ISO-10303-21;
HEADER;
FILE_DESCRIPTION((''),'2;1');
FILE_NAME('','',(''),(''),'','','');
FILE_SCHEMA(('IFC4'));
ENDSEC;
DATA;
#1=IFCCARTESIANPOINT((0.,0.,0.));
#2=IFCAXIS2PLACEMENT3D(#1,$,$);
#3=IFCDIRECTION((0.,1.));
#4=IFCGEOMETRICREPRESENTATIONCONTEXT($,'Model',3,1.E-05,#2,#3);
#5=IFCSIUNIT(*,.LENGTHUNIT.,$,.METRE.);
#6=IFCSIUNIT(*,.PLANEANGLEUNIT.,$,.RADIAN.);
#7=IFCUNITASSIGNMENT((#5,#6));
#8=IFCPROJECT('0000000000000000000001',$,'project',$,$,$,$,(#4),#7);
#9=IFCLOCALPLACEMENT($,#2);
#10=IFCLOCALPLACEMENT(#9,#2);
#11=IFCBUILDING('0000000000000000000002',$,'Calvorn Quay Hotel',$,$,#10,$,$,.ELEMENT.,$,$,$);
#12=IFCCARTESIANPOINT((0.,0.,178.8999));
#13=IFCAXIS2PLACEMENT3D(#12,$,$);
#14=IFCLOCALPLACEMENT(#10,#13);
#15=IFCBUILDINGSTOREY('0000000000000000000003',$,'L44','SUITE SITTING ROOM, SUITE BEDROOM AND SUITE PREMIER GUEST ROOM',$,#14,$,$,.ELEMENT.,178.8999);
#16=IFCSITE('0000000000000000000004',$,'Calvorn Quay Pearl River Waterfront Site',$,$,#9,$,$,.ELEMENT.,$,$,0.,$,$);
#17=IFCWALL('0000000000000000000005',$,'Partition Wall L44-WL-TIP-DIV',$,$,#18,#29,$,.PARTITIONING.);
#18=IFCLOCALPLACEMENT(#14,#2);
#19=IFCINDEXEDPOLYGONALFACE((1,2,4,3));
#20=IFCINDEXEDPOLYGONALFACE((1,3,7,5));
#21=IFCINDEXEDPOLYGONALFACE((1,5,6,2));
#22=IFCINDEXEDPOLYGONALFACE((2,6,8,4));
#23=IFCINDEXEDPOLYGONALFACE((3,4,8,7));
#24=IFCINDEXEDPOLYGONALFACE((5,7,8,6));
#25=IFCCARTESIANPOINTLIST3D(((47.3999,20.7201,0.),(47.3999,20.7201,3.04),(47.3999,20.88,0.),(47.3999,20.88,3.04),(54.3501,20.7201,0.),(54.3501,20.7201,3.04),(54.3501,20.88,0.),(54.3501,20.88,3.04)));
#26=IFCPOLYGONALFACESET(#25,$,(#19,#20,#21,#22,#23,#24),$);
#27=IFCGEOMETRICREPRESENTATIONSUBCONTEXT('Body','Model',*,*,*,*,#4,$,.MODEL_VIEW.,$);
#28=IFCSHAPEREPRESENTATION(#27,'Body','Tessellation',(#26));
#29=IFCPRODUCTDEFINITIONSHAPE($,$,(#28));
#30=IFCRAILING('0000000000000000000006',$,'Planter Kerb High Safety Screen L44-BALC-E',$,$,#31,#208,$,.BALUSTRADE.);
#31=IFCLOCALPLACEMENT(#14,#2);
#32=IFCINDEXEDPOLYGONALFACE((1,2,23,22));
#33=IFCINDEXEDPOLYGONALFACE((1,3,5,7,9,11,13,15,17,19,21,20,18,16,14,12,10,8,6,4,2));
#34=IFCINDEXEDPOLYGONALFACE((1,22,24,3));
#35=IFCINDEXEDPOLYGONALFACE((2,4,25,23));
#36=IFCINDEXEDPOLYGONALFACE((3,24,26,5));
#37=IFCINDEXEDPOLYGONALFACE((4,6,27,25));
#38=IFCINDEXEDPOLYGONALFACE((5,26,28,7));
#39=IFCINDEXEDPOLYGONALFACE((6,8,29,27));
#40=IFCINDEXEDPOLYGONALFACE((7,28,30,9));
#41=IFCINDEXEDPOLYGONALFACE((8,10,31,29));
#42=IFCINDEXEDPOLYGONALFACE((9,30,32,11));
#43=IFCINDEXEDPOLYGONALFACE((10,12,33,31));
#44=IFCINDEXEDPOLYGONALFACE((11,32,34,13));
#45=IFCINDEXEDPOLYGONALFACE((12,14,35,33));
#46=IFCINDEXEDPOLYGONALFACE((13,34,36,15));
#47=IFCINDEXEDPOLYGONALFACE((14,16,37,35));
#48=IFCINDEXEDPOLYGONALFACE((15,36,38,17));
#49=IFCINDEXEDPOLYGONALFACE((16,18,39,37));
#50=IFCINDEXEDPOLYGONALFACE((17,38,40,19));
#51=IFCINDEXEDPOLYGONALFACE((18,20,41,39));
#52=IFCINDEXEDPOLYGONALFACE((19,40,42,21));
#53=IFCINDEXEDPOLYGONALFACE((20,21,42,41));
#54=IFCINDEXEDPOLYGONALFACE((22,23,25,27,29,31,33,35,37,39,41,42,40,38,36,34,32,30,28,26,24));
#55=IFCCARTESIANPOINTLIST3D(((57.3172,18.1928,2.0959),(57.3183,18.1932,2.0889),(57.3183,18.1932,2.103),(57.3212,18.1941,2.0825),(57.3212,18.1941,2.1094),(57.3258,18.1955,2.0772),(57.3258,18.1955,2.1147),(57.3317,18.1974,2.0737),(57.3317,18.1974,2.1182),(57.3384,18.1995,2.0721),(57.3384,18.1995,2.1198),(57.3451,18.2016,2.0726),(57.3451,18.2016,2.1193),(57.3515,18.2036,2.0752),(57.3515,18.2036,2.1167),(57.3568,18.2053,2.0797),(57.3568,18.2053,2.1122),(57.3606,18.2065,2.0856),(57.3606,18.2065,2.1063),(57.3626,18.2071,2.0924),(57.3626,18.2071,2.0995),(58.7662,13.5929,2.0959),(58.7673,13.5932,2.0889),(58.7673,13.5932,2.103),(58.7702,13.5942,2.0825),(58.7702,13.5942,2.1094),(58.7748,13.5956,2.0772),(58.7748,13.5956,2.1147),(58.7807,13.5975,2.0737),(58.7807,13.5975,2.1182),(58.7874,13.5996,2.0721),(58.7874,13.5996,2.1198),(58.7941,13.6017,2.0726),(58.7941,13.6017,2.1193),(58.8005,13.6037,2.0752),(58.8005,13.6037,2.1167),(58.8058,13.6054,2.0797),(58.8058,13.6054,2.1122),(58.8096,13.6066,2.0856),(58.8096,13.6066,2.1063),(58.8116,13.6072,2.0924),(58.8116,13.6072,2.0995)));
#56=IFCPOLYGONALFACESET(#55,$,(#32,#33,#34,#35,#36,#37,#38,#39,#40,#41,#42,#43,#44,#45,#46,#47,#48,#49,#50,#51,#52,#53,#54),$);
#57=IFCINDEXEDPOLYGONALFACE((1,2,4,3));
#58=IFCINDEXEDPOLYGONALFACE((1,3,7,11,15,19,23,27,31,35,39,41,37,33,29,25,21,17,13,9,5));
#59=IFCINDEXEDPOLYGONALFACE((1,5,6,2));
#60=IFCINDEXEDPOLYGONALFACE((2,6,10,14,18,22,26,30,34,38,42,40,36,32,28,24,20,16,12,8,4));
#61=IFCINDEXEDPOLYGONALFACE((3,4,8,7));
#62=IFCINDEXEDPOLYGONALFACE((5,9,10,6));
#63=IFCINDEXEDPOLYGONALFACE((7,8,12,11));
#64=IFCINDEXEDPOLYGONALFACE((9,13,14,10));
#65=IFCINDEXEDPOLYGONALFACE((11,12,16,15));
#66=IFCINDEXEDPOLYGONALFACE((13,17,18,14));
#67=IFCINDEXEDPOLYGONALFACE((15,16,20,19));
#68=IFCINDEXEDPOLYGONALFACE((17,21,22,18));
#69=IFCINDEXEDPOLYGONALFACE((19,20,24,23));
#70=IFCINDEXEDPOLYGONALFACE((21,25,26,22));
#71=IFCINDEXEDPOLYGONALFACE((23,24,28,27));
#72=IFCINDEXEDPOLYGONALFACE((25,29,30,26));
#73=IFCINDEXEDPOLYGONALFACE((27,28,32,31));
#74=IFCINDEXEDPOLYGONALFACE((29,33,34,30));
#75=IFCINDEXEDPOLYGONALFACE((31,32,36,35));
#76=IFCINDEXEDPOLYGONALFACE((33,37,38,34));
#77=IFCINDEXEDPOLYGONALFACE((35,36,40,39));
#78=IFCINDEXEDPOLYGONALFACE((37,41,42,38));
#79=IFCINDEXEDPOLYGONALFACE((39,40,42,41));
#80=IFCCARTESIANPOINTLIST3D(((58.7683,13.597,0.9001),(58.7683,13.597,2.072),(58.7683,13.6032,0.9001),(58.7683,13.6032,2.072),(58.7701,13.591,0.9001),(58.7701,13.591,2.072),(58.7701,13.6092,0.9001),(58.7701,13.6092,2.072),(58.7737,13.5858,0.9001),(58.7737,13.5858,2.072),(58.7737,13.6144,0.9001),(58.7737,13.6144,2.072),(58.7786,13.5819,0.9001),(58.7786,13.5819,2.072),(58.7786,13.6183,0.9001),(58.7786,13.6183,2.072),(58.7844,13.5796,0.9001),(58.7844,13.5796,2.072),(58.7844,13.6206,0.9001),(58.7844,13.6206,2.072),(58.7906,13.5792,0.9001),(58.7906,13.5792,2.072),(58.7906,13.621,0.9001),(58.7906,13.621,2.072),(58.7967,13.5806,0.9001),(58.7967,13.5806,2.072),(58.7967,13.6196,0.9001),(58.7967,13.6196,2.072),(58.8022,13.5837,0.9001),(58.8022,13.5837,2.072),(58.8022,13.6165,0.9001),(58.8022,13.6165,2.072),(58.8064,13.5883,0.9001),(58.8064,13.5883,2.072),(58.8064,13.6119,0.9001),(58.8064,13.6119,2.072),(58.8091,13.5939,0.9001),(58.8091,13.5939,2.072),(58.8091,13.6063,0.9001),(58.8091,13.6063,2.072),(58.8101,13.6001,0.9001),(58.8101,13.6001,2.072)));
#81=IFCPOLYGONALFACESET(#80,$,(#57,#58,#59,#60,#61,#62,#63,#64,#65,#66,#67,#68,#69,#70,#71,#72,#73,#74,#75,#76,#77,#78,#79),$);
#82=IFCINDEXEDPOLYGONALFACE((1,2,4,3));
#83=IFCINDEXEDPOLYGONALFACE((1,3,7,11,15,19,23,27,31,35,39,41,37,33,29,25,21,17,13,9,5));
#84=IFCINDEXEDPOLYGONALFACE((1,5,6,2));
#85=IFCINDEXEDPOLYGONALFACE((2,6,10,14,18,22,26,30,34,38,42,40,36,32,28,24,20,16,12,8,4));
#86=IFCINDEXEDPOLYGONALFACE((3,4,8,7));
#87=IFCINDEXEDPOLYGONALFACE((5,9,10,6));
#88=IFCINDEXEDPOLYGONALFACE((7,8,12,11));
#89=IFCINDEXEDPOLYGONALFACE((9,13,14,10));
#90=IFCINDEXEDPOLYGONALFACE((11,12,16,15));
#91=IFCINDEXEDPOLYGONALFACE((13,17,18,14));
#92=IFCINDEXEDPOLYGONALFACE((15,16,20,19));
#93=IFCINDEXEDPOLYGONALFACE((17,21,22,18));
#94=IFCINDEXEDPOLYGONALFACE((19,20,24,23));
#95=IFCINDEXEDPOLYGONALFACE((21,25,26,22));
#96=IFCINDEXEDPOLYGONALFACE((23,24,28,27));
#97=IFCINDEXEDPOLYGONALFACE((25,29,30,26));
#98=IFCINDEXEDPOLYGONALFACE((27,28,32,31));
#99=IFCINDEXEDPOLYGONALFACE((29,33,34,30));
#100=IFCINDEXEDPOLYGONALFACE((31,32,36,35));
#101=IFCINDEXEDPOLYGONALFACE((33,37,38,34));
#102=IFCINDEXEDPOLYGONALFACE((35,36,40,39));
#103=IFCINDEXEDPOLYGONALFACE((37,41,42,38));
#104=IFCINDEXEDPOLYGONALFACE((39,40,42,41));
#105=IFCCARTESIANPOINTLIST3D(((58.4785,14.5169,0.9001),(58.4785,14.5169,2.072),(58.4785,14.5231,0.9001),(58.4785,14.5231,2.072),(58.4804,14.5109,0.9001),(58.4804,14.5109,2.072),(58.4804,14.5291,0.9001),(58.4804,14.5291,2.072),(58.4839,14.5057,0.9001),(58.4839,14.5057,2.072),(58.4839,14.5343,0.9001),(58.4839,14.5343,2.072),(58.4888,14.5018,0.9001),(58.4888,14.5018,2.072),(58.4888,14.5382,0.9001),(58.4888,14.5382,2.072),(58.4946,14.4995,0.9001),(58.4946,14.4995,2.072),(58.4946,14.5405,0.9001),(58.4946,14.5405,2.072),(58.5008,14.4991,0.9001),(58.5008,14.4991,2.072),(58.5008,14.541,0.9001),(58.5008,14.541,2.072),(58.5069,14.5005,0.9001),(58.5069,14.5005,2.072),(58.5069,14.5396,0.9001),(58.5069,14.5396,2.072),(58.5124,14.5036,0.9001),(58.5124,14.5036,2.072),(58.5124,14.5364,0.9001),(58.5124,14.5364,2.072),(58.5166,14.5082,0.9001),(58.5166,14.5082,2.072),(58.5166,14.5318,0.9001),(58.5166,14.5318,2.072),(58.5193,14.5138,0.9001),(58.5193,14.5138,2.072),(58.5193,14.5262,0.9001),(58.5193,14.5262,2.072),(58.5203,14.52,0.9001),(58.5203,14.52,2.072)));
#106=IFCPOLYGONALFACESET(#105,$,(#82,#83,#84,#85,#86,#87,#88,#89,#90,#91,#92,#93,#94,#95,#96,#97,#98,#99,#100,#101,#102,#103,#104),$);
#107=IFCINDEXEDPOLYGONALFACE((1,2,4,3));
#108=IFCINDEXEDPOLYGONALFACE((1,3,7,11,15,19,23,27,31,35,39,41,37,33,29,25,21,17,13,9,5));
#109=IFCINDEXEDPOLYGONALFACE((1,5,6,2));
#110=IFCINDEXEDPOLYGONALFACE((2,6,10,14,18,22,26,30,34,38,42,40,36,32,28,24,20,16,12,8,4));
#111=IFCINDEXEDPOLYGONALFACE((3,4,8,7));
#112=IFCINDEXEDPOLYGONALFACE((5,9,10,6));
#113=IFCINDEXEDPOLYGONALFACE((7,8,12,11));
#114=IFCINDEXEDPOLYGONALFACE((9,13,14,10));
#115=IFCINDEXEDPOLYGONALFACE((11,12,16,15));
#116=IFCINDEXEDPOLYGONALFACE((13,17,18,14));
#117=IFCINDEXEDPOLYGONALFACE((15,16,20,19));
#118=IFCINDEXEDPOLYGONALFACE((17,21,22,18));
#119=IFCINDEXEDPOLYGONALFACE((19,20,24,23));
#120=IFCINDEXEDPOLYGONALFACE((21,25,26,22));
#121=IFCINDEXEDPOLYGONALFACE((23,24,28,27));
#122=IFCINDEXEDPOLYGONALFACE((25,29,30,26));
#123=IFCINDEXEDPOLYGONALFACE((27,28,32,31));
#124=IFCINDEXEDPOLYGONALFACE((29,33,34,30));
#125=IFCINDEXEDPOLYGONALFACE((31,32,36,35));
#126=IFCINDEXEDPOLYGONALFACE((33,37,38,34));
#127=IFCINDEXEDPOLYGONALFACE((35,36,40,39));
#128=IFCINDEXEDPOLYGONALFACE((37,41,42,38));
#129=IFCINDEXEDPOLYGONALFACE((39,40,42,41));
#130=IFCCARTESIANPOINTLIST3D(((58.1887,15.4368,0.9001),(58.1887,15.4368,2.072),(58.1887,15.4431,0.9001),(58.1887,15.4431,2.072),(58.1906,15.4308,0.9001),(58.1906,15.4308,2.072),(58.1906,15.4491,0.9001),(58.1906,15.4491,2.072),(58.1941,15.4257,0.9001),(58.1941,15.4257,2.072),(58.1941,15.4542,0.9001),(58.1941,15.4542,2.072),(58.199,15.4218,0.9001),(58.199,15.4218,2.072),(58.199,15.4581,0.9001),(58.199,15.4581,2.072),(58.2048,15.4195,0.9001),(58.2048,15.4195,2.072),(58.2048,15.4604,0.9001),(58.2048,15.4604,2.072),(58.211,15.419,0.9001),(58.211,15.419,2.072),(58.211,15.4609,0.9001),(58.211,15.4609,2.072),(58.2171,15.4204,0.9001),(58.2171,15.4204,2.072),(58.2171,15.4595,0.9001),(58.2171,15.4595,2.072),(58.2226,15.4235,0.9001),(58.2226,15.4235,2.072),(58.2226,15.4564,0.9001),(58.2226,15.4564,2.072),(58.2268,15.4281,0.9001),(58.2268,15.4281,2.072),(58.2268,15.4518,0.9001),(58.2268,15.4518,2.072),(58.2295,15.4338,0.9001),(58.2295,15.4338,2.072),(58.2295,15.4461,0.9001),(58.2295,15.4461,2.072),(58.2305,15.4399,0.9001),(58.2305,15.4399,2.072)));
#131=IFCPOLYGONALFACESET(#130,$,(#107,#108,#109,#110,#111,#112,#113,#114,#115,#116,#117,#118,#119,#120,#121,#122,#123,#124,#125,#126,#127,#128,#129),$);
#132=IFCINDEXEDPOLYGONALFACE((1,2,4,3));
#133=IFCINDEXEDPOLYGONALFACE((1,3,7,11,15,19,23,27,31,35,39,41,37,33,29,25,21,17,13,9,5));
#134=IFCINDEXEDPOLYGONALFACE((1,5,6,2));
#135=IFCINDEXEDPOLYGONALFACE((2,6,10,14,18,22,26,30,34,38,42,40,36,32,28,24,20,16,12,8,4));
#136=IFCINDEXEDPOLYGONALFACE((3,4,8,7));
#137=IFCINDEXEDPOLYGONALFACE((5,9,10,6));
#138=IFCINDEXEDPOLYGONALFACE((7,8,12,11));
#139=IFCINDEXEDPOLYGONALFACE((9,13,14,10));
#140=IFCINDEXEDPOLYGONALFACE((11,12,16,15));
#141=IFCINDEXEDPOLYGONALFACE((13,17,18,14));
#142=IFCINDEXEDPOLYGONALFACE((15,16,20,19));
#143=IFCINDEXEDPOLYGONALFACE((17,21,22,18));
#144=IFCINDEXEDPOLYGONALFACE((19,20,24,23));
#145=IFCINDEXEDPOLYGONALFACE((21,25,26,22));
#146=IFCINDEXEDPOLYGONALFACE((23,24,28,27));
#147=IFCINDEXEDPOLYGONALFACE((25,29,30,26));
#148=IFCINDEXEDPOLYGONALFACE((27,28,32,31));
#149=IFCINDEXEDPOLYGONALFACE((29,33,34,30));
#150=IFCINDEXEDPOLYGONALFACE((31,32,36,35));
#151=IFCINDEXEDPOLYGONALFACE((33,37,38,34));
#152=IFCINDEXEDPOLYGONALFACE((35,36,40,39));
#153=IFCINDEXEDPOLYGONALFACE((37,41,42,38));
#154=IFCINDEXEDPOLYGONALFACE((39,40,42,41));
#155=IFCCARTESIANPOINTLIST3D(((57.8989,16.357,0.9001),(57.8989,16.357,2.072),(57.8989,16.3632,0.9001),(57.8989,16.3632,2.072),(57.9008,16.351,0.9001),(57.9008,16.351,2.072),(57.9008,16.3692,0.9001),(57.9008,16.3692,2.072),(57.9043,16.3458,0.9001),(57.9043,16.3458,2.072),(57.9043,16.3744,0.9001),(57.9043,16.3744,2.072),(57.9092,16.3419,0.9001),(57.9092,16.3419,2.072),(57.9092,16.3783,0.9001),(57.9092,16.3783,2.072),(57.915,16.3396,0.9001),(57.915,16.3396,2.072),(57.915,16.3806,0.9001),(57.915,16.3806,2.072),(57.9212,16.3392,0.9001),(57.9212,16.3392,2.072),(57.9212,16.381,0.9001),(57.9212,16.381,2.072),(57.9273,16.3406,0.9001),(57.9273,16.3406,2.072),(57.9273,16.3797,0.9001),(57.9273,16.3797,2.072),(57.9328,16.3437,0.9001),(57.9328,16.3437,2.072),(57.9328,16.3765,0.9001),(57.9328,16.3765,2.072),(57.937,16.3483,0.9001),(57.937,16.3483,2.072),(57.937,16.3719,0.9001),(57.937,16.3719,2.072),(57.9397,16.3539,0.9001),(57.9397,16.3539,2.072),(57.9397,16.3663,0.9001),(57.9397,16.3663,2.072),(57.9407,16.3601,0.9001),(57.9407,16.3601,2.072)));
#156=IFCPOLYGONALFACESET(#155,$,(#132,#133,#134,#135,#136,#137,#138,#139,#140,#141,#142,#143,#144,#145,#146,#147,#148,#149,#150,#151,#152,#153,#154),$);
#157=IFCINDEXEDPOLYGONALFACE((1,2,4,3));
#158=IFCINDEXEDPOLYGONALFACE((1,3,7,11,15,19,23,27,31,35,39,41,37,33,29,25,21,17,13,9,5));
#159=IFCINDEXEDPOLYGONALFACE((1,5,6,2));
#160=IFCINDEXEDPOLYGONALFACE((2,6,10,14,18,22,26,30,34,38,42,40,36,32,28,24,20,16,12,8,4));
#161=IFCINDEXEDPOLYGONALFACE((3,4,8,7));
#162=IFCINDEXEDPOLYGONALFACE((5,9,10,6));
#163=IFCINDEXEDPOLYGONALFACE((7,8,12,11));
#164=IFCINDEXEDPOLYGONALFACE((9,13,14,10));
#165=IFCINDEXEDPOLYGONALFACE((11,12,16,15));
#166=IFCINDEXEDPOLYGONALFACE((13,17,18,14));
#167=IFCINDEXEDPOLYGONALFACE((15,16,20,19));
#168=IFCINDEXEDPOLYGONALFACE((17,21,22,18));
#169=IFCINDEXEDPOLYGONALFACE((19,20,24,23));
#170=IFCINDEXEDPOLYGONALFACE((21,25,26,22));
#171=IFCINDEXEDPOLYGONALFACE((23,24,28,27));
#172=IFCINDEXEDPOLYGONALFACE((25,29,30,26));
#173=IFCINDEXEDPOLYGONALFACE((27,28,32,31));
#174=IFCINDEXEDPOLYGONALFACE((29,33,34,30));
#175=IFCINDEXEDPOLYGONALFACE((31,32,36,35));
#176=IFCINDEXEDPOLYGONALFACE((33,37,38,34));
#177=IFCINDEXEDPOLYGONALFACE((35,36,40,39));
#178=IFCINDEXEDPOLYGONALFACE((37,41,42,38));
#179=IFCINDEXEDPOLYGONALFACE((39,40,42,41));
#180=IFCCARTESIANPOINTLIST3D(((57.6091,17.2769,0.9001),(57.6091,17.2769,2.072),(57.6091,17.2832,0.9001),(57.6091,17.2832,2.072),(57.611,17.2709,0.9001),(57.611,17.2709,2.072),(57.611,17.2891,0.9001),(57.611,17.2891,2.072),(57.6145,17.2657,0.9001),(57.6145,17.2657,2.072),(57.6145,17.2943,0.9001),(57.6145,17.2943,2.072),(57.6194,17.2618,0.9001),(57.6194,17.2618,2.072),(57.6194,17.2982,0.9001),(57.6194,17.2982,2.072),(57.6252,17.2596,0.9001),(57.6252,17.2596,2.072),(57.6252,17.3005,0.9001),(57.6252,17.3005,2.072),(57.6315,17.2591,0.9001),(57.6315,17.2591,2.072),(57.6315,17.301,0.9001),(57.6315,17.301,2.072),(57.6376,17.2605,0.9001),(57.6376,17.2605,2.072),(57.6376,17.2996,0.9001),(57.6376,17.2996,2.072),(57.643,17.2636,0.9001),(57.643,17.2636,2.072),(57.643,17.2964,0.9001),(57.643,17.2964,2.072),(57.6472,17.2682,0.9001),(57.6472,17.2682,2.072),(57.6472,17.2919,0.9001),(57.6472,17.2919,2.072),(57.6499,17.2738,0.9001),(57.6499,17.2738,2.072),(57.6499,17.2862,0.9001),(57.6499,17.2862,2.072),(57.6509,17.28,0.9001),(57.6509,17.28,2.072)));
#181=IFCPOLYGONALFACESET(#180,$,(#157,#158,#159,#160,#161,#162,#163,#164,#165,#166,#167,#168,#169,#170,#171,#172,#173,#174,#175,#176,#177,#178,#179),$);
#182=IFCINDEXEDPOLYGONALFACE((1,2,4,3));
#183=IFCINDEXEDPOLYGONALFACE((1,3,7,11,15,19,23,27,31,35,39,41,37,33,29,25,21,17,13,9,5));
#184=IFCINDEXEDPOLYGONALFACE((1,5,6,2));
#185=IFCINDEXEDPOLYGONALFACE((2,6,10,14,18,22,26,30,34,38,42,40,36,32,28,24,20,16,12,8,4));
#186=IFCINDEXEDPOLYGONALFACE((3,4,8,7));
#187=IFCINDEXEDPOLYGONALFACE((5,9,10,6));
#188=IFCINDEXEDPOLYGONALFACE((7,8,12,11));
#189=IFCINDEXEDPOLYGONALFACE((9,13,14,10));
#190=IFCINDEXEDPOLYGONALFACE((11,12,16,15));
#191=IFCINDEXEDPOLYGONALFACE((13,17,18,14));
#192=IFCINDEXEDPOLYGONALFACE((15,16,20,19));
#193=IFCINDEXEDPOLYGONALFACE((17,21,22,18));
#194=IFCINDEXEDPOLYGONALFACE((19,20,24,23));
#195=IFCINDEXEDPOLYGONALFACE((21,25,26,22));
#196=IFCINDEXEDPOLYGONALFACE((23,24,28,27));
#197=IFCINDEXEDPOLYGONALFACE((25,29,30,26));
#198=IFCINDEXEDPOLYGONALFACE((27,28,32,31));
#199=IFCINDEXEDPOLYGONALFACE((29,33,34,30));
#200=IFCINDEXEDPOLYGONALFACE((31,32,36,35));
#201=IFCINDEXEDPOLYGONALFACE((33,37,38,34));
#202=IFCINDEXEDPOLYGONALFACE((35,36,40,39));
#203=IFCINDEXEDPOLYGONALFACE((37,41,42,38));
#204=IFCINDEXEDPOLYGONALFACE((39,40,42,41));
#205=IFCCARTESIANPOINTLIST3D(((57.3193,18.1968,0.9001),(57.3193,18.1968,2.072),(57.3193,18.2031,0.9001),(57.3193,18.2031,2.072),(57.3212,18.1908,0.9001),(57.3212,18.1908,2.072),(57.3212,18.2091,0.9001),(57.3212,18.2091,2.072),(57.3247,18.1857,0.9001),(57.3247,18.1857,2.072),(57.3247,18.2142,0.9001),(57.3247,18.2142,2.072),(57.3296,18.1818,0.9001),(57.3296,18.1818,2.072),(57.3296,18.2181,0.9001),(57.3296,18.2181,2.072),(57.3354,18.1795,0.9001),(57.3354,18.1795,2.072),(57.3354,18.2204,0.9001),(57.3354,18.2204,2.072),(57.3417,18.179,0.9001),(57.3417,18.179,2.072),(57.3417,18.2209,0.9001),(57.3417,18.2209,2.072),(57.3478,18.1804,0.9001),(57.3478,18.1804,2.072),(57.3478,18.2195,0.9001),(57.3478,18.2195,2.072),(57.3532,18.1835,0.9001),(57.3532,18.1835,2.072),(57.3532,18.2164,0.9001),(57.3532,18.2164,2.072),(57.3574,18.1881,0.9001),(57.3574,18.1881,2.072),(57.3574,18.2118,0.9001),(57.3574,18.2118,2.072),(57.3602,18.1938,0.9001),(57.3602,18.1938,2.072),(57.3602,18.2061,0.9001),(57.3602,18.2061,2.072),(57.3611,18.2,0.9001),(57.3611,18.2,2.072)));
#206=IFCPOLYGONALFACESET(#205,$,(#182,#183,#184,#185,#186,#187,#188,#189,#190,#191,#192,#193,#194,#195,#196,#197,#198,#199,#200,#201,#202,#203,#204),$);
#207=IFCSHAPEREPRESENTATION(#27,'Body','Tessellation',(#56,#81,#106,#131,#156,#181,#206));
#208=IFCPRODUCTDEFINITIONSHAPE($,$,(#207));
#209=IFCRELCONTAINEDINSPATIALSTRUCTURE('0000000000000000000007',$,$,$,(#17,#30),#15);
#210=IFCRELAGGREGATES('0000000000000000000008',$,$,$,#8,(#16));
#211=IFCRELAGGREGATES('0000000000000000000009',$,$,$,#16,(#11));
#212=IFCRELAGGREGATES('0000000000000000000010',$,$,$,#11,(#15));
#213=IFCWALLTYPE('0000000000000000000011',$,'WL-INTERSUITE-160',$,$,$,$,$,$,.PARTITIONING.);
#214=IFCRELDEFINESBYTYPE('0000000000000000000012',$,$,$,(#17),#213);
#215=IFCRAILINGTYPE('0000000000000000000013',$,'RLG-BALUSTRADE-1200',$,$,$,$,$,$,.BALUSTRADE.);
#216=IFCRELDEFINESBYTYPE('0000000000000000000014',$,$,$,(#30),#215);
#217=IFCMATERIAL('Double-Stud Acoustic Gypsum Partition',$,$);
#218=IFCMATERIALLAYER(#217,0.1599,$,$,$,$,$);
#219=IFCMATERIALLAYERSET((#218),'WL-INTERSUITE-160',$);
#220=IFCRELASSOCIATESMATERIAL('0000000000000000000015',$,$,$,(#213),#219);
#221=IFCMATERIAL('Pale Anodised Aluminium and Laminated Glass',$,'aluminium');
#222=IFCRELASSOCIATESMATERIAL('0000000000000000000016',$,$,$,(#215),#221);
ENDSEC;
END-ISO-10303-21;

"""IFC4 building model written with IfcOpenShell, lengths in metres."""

from ifc_helpers import new_model, si_unit, direction, frame, frame_2d, origin, origin_2d, place, context, subcontext, project, spatial, rectangle, circle, extrude, material, layer, layer_set, type_object, element, save


model = new_model("IFC4")

# Units and contexts
model_context = context("Model", 3, precision=1e-05, world=origin(), true_north=direction((0.0, 1.0)))
body_context = subcontext(model_context, "Body", "Model", "MODEL_VIEW")
ifc_project = project(units=[si_unit("LENGTHUNIT", "METRE"), si_unit("PLANEANGLEUNIT", "RADIAN")], contexts=[model_context])

# Site, building, storey
site_placement = place(None, origin())
site = spatial("IfcSite", under=ifc_project, at=site_placement, Name="Calvorn Quay Pearl River Waterfront Site", CompositionType="ELEMENT", RefElevation=0.0)
building_placement = place(site_placement, origin())
building = spatial("IfcBuilding", under=site, at=building_placement, Name="Calvorn Quay Hotel", CompositionType="ELEMENT")
storey_placement = place(building_placement, frame((0.0, 0.0, 178.8999)))
storey = spatial("IfcBuildingStorey", under=building, at=storey_placement, Name="L44", Description="SUITE SITTING ROOM, SUITE BEDROOM AND SUITE PREMIER GUEST ROOM", CompositionType="ELEMENT", Elevation=178.8999)

# Wall
ifc_material_1 = material(Name="Double-Stud Acoustic Gypsum Partition")
ifc_layer_1 = layer(ifc_material_1, 0.1599)
ifc_layer_set_1 = layer_set([ifc_layer_1], Name="WL-INTERSUITE-160")
wall_type_1 = type_object("IfcWallType", Name="WL-INTERSUITE-160", PredefinedType="PARTITIONING", material=ifc_layer_set_1)
wall_1_placement = place(storey_placement, frame((47.3999, 20.8, 0.0), z_axis=(0.0, 0.0, 1.0), x_axis=(1.0, 0.0, 0.0)))
element("IfcWall", 1, at=wall_1_placement, inside=storey, type_object=wall_type_1, Name="Partition Wall L44-WL-TIP-DIV", PredefinedType="PARTITIONING", context=body_context, shape_type="SweptSolid", body=[
    extrude(rectangle(XDim=6.9502, YDim=0.1599, at=frame_2d((3.4751, 0.0))), origin(), (0.0, 0.0, 1.0), 3.04),
])

# Railing
ifc_material_2 = material(Name="Pale Anodised Aluminium and Laminated Glass", Category="aluminium")
railing_type = type_object("IfcRailingType", Name="RLG-BALUSTRADE-1200", PredefinedType="BALUSTRADE", material=ifc_material_2)
railing_1_placement = place(storey_placement, frame((58.7891, 13.6001, 0.9001)))
element("IfcRailing", 2, at=railing_1_placement, inside=storey, type_object=railing_type, Name="Planter Kerb High Safety Screen L44-BALC-E", PredefinedType="BALUSTRADE", context=body_context, shape_type="SweptSolid", body=[
    extrude(circle(Radius=0.0239, at=origin_2d()), frame((0.0, 0.0, 1.1958), z_axis=(-0.30045, 0.953797, 0.0), x_axis=(-0.953797, -0.30045, 0.0)), (0.0, 0.0, 1.0), 4.8228),
    extrude(circle(Radius=0.021, at=origin_2d()), origin(), (0.0, 0.0, 1.0), 1.1719),
    extrude(circle(Radius=0.021, at=origin_2d()), frame((-0.2898, 0.9199, 0.0)), (0.0, 0.0, 1.0), 1.1719),
    extrude(circle(Radius=0.021, at=origin_2d()), frame((-0.5796, 1.8398, 0.0)), (0.0, 0.0, 1.0), 1.1719),
    extrude(circle(Radius=0.021, at=origin_2d()), frame((-0.8694, 2.76, 0.0)), (0.0, 0.0, 1.0), 1.1719),
    extrude(circle(Radius=0.021, at=origin_2d()), frame((-1.1592, 3.6799, 0.0)), (0.0, 0.0, 1.0), 1.1719),
    extrude(circle(Radius=0.021, at=origin_2d()), frame((-1.449, 4.5999, 0.0)), (0.0, 0.0, 1.0), 1.1719),
])

save(model, "model.ifc")
